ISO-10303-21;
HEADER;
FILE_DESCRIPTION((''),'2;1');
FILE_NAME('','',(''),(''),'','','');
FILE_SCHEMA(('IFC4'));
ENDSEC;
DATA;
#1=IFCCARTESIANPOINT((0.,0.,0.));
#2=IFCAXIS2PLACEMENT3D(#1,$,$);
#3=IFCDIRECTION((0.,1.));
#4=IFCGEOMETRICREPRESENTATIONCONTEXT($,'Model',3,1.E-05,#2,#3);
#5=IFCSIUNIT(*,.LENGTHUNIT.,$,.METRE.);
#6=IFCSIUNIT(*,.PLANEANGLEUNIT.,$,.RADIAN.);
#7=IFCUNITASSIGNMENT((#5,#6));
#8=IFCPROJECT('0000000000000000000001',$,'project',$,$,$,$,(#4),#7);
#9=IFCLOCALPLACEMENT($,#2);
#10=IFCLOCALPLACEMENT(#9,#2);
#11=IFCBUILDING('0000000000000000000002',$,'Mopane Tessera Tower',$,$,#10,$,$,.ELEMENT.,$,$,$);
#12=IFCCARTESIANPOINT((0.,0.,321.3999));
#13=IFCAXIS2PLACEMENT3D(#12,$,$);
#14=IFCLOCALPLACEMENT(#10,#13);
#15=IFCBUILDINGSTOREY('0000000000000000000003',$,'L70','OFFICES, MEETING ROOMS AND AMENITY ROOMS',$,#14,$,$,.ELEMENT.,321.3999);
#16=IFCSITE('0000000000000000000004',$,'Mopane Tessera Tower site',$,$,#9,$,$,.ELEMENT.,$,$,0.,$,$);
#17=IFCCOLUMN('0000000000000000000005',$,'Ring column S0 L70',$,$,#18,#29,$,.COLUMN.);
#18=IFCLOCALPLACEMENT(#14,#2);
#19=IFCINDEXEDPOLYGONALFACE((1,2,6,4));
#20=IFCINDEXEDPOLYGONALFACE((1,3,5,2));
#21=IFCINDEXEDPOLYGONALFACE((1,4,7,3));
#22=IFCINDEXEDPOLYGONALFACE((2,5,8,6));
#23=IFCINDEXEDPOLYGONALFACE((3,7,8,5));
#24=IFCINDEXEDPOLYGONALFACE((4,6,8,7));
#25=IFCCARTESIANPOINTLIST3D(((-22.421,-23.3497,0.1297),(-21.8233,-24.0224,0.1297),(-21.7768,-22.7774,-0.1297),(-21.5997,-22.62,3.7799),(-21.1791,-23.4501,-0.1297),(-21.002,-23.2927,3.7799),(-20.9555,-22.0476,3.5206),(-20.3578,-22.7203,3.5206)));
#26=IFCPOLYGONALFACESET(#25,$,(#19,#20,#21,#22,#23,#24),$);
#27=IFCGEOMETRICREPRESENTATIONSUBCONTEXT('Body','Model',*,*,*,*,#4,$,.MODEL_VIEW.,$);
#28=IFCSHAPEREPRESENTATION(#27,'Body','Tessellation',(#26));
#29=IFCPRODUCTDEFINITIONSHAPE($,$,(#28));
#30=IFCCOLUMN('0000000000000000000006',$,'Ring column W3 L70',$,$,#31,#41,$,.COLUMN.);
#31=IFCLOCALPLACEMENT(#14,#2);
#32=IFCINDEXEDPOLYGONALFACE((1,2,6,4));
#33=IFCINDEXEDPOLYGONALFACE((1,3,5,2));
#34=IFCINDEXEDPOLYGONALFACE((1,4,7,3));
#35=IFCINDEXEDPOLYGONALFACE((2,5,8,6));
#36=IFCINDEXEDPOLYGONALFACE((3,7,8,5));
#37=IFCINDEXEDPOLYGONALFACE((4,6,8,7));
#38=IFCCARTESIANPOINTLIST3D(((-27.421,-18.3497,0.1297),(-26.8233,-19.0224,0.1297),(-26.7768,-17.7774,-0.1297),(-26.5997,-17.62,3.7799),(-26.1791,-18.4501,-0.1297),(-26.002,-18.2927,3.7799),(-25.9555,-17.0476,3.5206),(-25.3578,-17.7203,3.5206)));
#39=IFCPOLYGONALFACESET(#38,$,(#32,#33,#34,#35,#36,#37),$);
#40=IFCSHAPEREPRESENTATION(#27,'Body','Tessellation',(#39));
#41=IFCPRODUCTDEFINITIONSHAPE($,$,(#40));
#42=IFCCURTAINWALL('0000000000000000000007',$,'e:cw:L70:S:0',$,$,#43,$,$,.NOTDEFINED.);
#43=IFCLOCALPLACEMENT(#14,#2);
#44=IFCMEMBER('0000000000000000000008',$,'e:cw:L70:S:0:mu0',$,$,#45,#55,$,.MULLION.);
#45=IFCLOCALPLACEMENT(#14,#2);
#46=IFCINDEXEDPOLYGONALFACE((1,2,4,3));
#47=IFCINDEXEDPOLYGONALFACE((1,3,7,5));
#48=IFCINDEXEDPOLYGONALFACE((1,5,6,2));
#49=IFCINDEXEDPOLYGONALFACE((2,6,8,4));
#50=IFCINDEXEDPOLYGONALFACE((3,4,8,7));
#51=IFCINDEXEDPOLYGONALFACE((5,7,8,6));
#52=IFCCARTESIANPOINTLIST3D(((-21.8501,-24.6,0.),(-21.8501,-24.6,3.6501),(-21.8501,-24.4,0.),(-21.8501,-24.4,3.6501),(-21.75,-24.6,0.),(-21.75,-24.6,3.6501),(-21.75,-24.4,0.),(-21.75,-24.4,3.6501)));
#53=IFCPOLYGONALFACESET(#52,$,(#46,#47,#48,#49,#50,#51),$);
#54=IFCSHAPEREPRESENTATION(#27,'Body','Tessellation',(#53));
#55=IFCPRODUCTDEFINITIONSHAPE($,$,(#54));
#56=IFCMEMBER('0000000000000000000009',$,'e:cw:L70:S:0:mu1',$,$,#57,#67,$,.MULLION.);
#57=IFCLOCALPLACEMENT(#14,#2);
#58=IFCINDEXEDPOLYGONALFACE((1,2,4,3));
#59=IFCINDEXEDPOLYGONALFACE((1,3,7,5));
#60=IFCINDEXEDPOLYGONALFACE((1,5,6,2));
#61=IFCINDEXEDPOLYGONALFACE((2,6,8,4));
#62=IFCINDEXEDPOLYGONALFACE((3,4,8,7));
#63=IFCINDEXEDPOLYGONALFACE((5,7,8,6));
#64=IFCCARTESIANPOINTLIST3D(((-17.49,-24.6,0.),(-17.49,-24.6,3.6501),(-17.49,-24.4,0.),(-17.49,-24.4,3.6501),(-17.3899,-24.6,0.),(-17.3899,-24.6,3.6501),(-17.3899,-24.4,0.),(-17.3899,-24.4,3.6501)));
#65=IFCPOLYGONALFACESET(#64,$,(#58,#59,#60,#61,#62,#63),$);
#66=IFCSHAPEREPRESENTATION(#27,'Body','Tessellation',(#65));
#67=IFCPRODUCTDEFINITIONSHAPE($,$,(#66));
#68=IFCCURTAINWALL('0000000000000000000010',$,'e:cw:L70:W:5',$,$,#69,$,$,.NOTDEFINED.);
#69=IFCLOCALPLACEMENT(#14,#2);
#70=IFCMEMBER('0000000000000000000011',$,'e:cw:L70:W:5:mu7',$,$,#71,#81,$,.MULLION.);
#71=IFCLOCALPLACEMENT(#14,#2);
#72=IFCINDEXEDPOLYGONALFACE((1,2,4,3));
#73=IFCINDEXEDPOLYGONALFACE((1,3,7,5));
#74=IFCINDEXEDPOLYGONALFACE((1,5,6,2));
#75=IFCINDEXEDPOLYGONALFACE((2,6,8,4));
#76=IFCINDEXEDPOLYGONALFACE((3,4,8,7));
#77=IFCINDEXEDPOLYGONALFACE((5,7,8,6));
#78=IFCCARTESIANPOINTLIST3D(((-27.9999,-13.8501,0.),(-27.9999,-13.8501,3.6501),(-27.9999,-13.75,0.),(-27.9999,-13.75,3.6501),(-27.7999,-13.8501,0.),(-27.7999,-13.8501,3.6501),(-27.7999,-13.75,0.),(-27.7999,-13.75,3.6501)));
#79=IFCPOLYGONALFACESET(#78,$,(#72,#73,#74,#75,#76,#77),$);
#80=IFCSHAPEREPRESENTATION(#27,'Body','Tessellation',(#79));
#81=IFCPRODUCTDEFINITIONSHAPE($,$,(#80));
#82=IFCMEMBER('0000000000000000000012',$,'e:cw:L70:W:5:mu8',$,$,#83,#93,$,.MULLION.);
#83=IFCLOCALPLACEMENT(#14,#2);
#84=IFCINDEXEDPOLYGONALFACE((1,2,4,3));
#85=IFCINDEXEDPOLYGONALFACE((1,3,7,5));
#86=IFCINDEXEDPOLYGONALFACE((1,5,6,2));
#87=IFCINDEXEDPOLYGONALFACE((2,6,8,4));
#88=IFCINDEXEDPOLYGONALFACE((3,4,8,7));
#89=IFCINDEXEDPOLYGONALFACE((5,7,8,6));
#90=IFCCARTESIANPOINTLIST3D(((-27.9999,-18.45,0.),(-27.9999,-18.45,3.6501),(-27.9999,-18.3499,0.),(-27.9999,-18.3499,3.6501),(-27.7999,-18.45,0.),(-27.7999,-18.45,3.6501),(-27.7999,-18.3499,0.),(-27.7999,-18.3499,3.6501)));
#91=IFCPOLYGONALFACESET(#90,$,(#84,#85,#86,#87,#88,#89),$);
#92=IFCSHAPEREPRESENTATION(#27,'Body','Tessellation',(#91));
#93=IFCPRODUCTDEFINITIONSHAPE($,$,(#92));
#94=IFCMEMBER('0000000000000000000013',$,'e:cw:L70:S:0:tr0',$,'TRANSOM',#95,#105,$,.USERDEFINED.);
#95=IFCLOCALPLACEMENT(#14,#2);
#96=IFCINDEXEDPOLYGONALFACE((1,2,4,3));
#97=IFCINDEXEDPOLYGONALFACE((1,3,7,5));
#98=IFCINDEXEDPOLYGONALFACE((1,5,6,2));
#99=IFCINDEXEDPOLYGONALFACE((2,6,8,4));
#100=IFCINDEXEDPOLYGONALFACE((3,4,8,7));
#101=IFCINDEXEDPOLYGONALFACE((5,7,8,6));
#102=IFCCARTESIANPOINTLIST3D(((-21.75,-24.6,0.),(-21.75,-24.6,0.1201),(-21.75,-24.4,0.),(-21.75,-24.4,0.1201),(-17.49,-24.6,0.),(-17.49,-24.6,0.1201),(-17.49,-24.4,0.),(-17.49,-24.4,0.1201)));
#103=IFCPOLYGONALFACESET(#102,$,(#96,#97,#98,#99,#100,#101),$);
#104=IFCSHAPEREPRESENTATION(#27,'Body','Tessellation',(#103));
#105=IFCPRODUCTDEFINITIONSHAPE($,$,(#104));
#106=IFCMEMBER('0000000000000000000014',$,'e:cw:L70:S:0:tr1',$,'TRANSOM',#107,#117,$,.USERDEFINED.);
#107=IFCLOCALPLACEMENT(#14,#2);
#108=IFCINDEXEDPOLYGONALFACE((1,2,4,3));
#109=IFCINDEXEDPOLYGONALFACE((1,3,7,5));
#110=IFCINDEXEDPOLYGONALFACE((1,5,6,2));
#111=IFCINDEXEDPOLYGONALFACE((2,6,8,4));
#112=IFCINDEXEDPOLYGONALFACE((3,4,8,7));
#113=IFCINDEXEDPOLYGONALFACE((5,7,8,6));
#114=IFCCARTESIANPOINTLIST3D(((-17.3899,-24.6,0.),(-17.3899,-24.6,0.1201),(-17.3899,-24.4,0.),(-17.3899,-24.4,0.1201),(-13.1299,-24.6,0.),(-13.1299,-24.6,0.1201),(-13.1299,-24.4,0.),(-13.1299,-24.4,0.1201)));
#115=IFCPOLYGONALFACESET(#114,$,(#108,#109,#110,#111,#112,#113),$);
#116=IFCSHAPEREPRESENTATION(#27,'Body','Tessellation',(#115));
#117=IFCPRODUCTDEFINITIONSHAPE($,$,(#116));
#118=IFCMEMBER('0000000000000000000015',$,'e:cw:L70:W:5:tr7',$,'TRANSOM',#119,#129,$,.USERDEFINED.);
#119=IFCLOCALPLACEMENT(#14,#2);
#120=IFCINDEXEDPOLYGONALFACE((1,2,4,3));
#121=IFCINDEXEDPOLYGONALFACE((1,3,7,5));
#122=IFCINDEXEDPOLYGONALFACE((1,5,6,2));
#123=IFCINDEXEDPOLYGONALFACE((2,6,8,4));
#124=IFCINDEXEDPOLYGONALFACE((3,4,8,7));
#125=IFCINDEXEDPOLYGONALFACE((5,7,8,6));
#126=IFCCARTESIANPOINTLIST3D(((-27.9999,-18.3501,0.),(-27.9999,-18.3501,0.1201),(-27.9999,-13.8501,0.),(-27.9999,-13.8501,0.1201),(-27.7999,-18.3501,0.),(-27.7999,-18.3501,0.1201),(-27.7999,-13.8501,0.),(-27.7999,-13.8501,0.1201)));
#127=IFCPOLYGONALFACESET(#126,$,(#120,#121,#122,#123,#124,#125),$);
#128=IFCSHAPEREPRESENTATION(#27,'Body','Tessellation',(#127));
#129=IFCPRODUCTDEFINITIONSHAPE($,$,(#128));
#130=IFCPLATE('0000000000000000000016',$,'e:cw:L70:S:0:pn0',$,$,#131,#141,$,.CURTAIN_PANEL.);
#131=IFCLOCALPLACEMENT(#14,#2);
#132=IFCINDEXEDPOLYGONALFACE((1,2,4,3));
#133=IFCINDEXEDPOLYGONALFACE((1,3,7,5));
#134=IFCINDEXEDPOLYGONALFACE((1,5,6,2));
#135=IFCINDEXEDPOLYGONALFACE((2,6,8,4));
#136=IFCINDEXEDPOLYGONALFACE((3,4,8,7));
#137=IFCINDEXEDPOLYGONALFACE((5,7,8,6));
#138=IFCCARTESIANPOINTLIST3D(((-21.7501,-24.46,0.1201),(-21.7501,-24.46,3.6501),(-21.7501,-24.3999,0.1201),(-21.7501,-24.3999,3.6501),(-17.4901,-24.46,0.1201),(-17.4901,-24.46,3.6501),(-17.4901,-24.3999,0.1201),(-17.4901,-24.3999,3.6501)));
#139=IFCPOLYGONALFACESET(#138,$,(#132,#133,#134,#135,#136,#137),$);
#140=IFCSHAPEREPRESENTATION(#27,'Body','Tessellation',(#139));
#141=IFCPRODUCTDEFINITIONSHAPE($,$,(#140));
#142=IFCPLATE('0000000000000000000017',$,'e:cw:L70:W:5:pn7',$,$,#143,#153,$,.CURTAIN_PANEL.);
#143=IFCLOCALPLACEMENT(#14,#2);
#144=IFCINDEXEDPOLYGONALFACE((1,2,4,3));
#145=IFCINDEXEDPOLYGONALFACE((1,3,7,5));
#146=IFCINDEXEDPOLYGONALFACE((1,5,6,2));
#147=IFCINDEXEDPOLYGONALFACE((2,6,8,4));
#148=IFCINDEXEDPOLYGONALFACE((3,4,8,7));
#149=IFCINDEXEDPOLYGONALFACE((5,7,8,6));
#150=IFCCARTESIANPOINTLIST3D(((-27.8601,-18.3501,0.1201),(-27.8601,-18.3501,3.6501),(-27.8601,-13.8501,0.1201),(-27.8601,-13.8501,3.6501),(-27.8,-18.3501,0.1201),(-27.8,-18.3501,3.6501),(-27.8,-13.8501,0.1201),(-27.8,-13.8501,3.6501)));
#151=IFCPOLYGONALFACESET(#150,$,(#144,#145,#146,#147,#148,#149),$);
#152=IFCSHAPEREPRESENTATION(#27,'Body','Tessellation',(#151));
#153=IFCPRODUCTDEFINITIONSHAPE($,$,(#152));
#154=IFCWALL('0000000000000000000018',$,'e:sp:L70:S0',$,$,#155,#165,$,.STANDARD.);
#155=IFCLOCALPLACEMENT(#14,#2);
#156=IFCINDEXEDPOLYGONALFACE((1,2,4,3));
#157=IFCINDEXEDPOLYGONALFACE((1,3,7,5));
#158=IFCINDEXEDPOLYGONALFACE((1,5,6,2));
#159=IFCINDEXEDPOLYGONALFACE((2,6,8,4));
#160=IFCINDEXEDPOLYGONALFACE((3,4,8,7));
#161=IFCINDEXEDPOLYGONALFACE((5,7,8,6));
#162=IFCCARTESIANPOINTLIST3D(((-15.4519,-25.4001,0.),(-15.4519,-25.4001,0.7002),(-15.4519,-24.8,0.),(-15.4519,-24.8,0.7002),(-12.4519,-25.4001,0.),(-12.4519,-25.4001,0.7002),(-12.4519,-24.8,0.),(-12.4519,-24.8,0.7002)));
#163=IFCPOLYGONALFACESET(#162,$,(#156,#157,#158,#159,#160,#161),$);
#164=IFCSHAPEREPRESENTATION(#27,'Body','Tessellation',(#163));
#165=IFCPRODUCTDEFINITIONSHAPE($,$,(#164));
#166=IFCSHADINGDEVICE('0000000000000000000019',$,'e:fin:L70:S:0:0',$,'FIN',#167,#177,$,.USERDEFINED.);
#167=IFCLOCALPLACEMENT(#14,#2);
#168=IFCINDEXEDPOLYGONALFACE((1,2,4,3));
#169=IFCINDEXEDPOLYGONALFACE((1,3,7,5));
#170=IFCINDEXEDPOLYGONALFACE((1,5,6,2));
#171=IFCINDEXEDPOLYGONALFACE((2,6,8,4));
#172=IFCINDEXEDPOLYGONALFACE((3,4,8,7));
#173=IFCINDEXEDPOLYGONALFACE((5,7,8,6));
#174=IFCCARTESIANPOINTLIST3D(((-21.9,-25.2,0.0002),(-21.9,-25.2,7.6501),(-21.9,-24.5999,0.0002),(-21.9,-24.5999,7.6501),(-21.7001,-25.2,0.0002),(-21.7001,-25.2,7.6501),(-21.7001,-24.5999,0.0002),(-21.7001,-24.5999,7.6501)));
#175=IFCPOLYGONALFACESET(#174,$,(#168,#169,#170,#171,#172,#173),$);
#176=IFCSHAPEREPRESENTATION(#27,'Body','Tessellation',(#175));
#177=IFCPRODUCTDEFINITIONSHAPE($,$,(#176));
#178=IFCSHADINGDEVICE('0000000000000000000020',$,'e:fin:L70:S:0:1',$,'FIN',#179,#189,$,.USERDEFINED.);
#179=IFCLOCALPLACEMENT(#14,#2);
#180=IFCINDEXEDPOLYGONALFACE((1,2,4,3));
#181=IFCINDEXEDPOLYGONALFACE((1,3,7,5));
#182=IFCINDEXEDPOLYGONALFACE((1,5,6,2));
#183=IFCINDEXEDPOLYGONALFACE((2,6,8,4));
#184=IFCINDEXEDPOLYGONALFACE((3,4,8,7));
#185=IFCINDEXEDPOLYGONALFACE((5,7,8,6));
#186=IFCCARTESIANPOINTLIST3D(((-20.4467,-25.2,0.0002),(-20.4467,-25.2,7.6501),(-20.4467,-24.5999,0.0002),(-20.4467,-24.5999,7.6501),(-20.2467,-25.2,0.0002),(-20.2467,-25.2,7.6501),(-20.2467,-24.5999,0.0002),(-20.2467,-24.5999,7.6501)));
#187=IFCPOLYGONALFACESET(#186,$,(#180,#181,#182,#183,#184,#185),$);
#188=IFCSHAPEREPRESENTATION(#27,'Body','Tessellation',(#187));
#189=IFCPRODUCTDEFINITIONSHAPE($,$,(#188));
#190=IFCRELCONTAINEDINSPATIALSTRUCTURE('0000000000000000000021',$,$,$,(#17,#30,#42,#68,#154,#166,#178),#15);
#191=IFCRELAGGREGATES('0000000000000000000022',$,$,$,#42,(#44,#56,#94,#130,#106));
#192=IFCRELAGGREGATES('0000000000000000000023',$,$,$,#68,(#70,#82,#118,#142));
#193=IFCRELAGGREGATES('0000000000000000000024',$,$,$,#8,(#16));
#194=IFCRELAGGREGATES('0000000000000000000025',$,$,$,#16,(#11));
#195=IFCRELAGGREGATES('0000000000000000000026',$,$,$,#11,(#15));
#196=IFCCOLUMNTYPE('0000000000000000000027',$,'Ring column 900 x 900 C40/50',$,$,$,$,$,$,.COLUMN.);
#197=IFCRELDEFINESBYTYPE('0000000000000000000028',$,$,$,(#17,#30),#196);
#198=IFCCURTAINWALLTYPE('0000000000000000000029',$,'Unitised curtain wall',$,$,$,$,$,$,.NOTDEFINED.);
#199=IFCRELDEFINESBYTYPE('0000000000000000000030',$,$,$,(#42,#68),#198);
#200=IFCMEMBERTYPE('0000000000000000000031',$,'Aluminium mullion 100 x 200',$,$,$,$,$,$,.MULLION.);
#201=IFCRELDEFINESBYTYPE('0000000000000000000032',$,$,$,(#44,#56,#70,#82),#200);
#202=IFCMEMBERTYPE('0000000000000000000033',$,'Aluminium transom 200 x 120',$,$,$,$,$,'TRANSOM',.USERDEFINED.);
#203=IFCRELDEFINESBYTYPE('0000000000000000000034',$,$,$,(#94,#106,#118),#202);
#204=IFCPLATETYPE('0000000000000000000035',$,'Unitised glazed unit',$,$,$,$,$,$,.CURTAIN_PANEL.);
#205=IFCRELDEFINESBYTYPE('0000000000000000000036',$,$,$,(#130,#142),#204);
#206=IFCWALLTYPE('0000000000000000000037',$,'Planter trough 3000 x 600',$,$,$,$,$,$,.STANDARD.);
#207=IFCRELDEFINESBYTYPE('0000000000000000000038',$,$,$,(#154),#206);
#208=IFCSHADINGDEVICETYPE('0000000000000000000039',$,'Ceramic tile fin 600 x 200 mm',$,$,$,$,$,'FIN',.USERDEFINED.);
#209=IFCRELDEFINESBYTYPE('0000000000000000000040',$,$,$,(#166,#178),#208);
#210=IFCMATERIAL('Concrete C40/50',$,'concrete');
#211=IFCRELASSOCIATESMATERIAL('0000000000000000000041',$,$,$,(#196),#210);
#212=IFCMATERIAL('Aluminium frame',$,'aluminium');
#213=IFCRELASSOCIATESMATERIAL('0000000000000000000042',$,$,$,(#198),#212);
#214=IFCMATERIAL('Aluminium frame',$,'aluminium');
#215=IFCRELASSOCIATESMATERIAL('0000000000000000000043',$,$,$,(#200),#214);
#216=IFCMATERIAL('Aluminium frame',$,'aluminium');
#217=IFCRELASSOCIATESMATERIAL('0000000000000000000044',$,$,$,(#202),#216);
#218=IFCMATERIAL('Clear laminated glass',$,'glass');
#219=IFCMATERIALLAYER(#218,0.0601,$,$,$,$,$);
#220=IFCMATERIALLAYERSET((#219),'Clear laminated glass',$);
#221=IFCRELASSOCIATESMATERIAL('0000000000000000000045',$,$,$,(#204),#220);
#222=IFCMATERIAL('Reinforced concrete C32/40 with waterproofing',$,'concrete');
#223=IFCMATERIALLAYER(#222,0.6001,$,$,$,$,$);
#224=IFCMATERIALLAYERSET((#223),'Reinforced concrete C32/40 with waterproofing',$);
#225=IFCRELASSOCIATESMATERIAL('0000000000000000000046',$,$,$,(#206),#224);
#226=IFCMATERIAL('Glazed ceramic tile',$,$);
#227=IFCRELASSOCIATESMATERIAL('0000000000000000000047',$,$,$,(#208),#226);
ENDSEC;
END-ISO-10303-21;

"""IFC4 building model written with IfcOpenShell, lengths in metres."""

from ifc_helpers import new_model, si_unit, direction, frame, frame_2d, origin, origin_2d, place, context, subcontext, project, spatial, rectangle, extrude, material, layer, layer_set, material_profile, profile_set, type_object, element, aggregate, save


model = new_model("IFC4")

# Units and contexts
model_context = context("Model", 3, precision=1e-05, world=origin(), true_north=direction((0.0, 1.0)))
body_context = subcontext(model_context, "Body", "Model", "MODEL_VIEW")
ifc_project = project(units=[si_unit("LENGTHUNIT", "METRE"), si_unit("PLANEANGLEUNIT", "RADIAN")], contexts=[model_context])

# Site, building, storey
site_placement = place(None, origin())
site = spatial("IfcSite", under=ifc_project, at=site_placement, Name="Mopane Tessera Tower site", CompositionType="ELEMENT", RefElevation=0.0)
building_placement = place(site_placement, origin())
building = spatial("IfcBuilding", under=site, at=building_placement, Name="Mopane Tessera Tower", CompositionType="ELEMENT")
storey_placement = place(building_placement, frame((0.0, 0.0, 321.3999)))
storey = spatial("IfcBuildingStorey", under=building, at=storey_placement, Name="L70", Description="OFFICES, MEETING ROOMS AND AMENITY ROOMS", CompositionType="ELEMENT", Elevation=321.3999)

# Columns
ifc_material_1 = material(Name="Concrete C40/50", Category="concrete")
ifc_material_profile_1 = material_profile(ifc_material_1, rectangle(XDim=0.8999, YDim=0.8999, at=origin_2d()))
ifc_profile_set_1 = profile_set([ifc_material_profile_1], Name="Concrete C40/50")
column_type = type_object("IfcColumnType", Name="Ring column 900 x 900 C40/50", PredefinedType="COLUMN", material=ifc_profile_set_1)
for number, where, z_axis, x_axis, name in (
    (1, (-21.8, -23.3999, 0.0), (0.215454, 0.191436, 0.957566), (-0.664212, 0.747544, 0.0), "Ring column S0 L70"),
    (2, (-26.8, -18.3999, 0.0), (0.215454, 0.191436, 0.957566), (-0.664212, 0.747544, 0.0), "Ring column W3 L70"),
):
    element("IfcColumn", number, at=place(storey_placement, frame(where, z_axis=z_axis, x_axis=x_axis)), inside=storey, type_object=column_type, Name=name, PredefinedType="COLUMN", context=body_context, shape_type="SweptSolid", body=[
        extrude(rectangle(XDim=0.8999, YDim=0.8999, at=origin_2d()), origin(), (0.0, 0.0, 1.0), 3.812),
    ])

# Curtain walls, members
ifc_material_2 = material(Name="Aluminium frame", Category="aluminium")
curtain_wall_type = type_object("IfcCurtainWallType", Name="Unitised curtain wall", PredefinedType="NOTDEFINED", material=ifc_material_2)
curtain_wall_1_placement = place(storey_placement, origin())
curtain_wall_1 = element("IfcCurtainWall", 3, at=curtain_wall_1_placement, inside=storey, type_object=curtain_wall_type, Name="e:cw:L70:S:0", PredefinedType="NOTDEFINED")
ifc_material_3 = material(Name="Aluminium frame", Category="aluminium")
ifc_material_profile_2 = material_profile(ifc_material_3, rectangle(XDim=0.1001, YDim=0.2, at=origin_2d()))
ifc_profile_set_2 = profile_set([ifc_material_profile_2], Name="Aluminium frame")
member_type_1 = type_object("IfcMemberType", Name="Aluminium mullion 100 x 200", PredefinedType="MULLION", material=ifc_profile_set_2)
member_1_placement = place(storey_placement, frame((-21.8, -24.5, 0.0), z_axis=(0.0, 0.0, 1.0), x_axis=(1.0, 0.0, 0.0)))
member_1 = element("IfcMember", 4, at=member_1_placement, type_object=member_type_1, Name="e:cw:L70:S:0:mu0", PredefinedType="MULLION", context=body_context, shape_type="SweptSolid", body=[
    extrude(rectangle(XDim=0.1001, YDim=0.2, at=origin_2d()), origin(), (0.0, 0.0, 1.0), 3.6501),
])
member_2_placement = place(storey_placement, frame((-17.4399, -24.5, 0.0), z_axis=(0.0, 0.0, 1.0), x_axis=(1.0, 0.0, 0.0)))
member_2 = element("IfcMember", 5, at=member_2_placement, type_object=member_type_1, Name="e:cw:L70:S:0:mu1", PredefinedType="MULLION", context=body_context, shape_type="SweptSolid", body=[
    extrude(rectangle(XDim=0.1001, YDim=0.2, at=origin_2d()), origin(), (0.0, 0.0, 1.0), 3.6501),
])
curtain_wall_2_placement = place(storey_placement, origin())
curtain_wall_2 = element("IfcCurtainWall", 6, at=curtain_wall_2_placement, inside=storey, type_object=curtain_wall_type, Name="e:cw:L70:W:5", PredefinedType="NOTDEFINED")
member_3_placement = place(storey_placement, frame((-27.8999, -13.8, 0.0), z_axis=(0.0, 0.0, 1.0), x_axis=(0.0, -1.0, 0.0)))
member_3 = element("IfcMember", 7, at=member_3_placement, type_object=member_type_1, Name="e:cw:L70:W:5:mu7", PredefinedType="MULLION", context=body_context, shape_type="SweptSolid", body=[
    extrude(rectangle(XDim=0.1001, YDim=0.2, at=origin_2d()), origin(), (0.0, 0.0, 1.0), 3.6501),
])
member_4_placement = place(storey_placement, frame((-27.8999, -18.3999, 0.0), z_axis=(0.0, 0.0, 1.0), x_axis=(0.0, -1.0, 0.0)))
member_4 = element("IfcMember", 8, at=member_4_placement, type_object=member_type_1, Name="e:cw:L70:W:5:mu8", PredefinedType="MULLION", context=body_context, shape_type="SweptSolid", body=[
    extrude(rectangle(XDim=0.1001, YDim=0.2, at=origin_2d()), origin(), (0.0, 0.0, 1.0), 3.6501),
])

# Members
ifc_material_4 = material(Name="Aluminium frame", Category="aluminium")
ifc_material_profile_3 = material_profile(ifc_material_4, rectangle(XDim=0.2, YDim=0.1201, at=origin_2d()))
ifc_profile_set_3 = profile_set([ifc_material_profile_3], Name="Aluminium frame")
member_type_2 = type_object("IfcMemberType", Name="Aluminium transom 200 x 120", ElementType="TRANSOM", PredefinedType="USERDEFINED", material=ifc_profile_set_3)
member_5_placement = place(storey_placement, frame((-21.75, -24.5, 0.0601), z_axis=(1.0, 0.0, 0.0), x_axis=(0.0, 1.0, 0.0)))
member_5 = element("IfcMember", 9, at=member_5_placement, type_object=member_type_2, Name="e:cw:L70:S:0:tr0", ObjectType="TRANSOM", PredefinedType="USERDEFINED", context=body_context, shape_type="SweptSolid", body=[
    extrude(rectangle(XDim=0.2, YDim=0.1201, at=origin_2d()), origin(), (0.0, 0.0, 1.0), 4.26),
])
member_6_placement = place(storey_placement, frame((-17.3899, -24.5, 0.0601), z_axis=(1.0, 0.0, 0.0), x_axis=(0.0, 1.0, 0.0)))
member_6 = element("IfcMember", 10, at=member_6_placement, type_object=member_type_2, Name="e:cw:L70:S:0:tr1", ObjectType="TRANSOM", PredefinedType="USERDEFINED", context=body_context, shape_type="SweptSolid", body=[
    extrude(rectangle(XDim=0.2, YDim=0.1201, at=origin_2d()), origin(), (0.0, 0.0, 1.0), 4.26),
])
member_7_placement = place(storey_placement, frame((-27.8999, -13.8501, 0.0601), z_axis=(0.0, -1.0, 0.0), x_axis=(1.0, 0.0, 0.0)))
member_7 = element("IfcMember", 11, at=member_7_placement, type_object=member_type_2, Name="e:cw:L70:W:5:tr7", ObjectType="TRANSOM", PredefinedType="USERDEFINED", context=body_context, shape_type="SweptSolid", body=[
    extrude(rectangle(XDim=0.2, YDim=0.1201, at=origin_2d()), origin(), (0.0, 0.0, 1.0), 4.5),
])

# Plates
ifc_material_5 = material(Name="Clear laminated glass", Category="glass")
ifc_layer_1 = layer(ifc_material_5, 0.0601)
ifc_layer_set_1 = layer_set([ifc_layer_1], Name="Clear laminated glass")
plate_type = type_object("IfcPlateType", Name="Unitised glazed unit", PredefinedType="CURTAIN_PANEL", material=ifc_layer_set_1)
plate_1_placement = place(storey_placement, frame((-19.6201, -24.4299, 0.1201), z_axis=(0.0, 0.0, 1.0), x_axis=(1.0, 0.0, 0.0)))
plate_1 = element("IfcPlate", 12, at=plate_1_placement, type_object=plate_type, Name="e:cw:L70:S:0:pn0", PredefinedType="CURTAIN_PANEL", context=body_context, shape_type="SweptSolid", body=[
    extrude(rectangle(XDim=4.26, YDim=0.0601, at=origin_2d()), origin(), (0.0, 0.0, 1.0), 3.53),
])
aggregate(curtain_wall_1, [member_1, member_2, member_5, plate_1, member_6])
plate_2_placement = place(storey_placement, frame((-27.8301, -16.1001, 0.1201), z_axis=(0.0, 0.0, 1.0), x_axis=(0.0, -1.0, 0.0)))
plate_2 = element("IfcPlate", 13, at=plate_2_placement, type_object=plate_type, Name="e:cw:L70:W:5:pn7", PredefinedType="CURTAIN_PANEL", context=body_context, shape_type="SweptSolid", body=[
    extrude(rectangle(XDim=4.5, YDim=0.0601, at=origin_2d()), origin(), (0.0, 0.0, 1.0), 3.53),
])
aggregate(curtain_wall_2, [member_3, member_4, member_7, plate_2])

# Wall
ifc_material_6 = material(Name="Reinforced concrete C32/40 with waterproofing", Category="concrete")
ifc_layer_2 = layer(ifc_material_6, 0.6001)
ifc_layer_set_2 = layer_set([ifc_layer_2], Name="Reinforced concrete C32/40 with waterproofing")
wall_type = type_object("IfcWallType", Name="Planter trough 3000 x 600", PredefinedType="STANDARD", material=ifc_layer_set_2)
wall_placement = place(storey_placement, frame((-15.4519, -25.1001, 0.0), z_axis=(0.0, 0.0, 1.0), x_axis=(1.0, 0.0, 0.0)))
element("IfcWall", 14, at=wall_placement, inside=storey, type_object=wall_type, Name="e:sp:L70:S0", PredefinedType="STANDARD", context=body_context, shape_type="SweptSolid", body=[
    extrude(rectangle(XDim=3.0, YDim=0.6001, at=frame_2d((1.5, 0.0))), origin(), (0.0, 0.0, 1.0), 0.7002),
])

# Shading devices
ifc_material_7 = material(Name="Glazed ceramic tile")
shading_device_type = type_object("IfcShadingDeviceType", Name="Ceramic tile fin 600 x 200 mm", ElementType="FIN", PredefinedType="USERDEFINED", material=ifc_material_7)
for number, where, z_axis, x_axis, name in (
    (15, (-21.8, -24.8999, 0.0002), (0.0, 0.0, 1.0), (1.0, 0.0, 0.0), "e:fin:L70:S:0:0"),
    (16, (-20.3467, -24.8999, 0.0002), (0.0, 0.0, 1.0), (1.0, 0.0, 0.0), "e:fin:L70:S:0:1"),
):
    element("IfcShadingDevice", number, at=place(storey_placement, frame(where, z_axis=z_axis, x_axis=x_axis)), inside=storey, type_object=shading_device_type, Name=name, ObjectType="FIN", PredefinedType="USERDEFINED", context=body_context, shape_type="SweptSolid", body=[
        extrude(rectangle(XDim=0.2, YDim=0.6001, at=origin_2d()), origin(), (0.0, 0.0, 1.0), 7.6499),
    ])

save(model, "model.ifc")
